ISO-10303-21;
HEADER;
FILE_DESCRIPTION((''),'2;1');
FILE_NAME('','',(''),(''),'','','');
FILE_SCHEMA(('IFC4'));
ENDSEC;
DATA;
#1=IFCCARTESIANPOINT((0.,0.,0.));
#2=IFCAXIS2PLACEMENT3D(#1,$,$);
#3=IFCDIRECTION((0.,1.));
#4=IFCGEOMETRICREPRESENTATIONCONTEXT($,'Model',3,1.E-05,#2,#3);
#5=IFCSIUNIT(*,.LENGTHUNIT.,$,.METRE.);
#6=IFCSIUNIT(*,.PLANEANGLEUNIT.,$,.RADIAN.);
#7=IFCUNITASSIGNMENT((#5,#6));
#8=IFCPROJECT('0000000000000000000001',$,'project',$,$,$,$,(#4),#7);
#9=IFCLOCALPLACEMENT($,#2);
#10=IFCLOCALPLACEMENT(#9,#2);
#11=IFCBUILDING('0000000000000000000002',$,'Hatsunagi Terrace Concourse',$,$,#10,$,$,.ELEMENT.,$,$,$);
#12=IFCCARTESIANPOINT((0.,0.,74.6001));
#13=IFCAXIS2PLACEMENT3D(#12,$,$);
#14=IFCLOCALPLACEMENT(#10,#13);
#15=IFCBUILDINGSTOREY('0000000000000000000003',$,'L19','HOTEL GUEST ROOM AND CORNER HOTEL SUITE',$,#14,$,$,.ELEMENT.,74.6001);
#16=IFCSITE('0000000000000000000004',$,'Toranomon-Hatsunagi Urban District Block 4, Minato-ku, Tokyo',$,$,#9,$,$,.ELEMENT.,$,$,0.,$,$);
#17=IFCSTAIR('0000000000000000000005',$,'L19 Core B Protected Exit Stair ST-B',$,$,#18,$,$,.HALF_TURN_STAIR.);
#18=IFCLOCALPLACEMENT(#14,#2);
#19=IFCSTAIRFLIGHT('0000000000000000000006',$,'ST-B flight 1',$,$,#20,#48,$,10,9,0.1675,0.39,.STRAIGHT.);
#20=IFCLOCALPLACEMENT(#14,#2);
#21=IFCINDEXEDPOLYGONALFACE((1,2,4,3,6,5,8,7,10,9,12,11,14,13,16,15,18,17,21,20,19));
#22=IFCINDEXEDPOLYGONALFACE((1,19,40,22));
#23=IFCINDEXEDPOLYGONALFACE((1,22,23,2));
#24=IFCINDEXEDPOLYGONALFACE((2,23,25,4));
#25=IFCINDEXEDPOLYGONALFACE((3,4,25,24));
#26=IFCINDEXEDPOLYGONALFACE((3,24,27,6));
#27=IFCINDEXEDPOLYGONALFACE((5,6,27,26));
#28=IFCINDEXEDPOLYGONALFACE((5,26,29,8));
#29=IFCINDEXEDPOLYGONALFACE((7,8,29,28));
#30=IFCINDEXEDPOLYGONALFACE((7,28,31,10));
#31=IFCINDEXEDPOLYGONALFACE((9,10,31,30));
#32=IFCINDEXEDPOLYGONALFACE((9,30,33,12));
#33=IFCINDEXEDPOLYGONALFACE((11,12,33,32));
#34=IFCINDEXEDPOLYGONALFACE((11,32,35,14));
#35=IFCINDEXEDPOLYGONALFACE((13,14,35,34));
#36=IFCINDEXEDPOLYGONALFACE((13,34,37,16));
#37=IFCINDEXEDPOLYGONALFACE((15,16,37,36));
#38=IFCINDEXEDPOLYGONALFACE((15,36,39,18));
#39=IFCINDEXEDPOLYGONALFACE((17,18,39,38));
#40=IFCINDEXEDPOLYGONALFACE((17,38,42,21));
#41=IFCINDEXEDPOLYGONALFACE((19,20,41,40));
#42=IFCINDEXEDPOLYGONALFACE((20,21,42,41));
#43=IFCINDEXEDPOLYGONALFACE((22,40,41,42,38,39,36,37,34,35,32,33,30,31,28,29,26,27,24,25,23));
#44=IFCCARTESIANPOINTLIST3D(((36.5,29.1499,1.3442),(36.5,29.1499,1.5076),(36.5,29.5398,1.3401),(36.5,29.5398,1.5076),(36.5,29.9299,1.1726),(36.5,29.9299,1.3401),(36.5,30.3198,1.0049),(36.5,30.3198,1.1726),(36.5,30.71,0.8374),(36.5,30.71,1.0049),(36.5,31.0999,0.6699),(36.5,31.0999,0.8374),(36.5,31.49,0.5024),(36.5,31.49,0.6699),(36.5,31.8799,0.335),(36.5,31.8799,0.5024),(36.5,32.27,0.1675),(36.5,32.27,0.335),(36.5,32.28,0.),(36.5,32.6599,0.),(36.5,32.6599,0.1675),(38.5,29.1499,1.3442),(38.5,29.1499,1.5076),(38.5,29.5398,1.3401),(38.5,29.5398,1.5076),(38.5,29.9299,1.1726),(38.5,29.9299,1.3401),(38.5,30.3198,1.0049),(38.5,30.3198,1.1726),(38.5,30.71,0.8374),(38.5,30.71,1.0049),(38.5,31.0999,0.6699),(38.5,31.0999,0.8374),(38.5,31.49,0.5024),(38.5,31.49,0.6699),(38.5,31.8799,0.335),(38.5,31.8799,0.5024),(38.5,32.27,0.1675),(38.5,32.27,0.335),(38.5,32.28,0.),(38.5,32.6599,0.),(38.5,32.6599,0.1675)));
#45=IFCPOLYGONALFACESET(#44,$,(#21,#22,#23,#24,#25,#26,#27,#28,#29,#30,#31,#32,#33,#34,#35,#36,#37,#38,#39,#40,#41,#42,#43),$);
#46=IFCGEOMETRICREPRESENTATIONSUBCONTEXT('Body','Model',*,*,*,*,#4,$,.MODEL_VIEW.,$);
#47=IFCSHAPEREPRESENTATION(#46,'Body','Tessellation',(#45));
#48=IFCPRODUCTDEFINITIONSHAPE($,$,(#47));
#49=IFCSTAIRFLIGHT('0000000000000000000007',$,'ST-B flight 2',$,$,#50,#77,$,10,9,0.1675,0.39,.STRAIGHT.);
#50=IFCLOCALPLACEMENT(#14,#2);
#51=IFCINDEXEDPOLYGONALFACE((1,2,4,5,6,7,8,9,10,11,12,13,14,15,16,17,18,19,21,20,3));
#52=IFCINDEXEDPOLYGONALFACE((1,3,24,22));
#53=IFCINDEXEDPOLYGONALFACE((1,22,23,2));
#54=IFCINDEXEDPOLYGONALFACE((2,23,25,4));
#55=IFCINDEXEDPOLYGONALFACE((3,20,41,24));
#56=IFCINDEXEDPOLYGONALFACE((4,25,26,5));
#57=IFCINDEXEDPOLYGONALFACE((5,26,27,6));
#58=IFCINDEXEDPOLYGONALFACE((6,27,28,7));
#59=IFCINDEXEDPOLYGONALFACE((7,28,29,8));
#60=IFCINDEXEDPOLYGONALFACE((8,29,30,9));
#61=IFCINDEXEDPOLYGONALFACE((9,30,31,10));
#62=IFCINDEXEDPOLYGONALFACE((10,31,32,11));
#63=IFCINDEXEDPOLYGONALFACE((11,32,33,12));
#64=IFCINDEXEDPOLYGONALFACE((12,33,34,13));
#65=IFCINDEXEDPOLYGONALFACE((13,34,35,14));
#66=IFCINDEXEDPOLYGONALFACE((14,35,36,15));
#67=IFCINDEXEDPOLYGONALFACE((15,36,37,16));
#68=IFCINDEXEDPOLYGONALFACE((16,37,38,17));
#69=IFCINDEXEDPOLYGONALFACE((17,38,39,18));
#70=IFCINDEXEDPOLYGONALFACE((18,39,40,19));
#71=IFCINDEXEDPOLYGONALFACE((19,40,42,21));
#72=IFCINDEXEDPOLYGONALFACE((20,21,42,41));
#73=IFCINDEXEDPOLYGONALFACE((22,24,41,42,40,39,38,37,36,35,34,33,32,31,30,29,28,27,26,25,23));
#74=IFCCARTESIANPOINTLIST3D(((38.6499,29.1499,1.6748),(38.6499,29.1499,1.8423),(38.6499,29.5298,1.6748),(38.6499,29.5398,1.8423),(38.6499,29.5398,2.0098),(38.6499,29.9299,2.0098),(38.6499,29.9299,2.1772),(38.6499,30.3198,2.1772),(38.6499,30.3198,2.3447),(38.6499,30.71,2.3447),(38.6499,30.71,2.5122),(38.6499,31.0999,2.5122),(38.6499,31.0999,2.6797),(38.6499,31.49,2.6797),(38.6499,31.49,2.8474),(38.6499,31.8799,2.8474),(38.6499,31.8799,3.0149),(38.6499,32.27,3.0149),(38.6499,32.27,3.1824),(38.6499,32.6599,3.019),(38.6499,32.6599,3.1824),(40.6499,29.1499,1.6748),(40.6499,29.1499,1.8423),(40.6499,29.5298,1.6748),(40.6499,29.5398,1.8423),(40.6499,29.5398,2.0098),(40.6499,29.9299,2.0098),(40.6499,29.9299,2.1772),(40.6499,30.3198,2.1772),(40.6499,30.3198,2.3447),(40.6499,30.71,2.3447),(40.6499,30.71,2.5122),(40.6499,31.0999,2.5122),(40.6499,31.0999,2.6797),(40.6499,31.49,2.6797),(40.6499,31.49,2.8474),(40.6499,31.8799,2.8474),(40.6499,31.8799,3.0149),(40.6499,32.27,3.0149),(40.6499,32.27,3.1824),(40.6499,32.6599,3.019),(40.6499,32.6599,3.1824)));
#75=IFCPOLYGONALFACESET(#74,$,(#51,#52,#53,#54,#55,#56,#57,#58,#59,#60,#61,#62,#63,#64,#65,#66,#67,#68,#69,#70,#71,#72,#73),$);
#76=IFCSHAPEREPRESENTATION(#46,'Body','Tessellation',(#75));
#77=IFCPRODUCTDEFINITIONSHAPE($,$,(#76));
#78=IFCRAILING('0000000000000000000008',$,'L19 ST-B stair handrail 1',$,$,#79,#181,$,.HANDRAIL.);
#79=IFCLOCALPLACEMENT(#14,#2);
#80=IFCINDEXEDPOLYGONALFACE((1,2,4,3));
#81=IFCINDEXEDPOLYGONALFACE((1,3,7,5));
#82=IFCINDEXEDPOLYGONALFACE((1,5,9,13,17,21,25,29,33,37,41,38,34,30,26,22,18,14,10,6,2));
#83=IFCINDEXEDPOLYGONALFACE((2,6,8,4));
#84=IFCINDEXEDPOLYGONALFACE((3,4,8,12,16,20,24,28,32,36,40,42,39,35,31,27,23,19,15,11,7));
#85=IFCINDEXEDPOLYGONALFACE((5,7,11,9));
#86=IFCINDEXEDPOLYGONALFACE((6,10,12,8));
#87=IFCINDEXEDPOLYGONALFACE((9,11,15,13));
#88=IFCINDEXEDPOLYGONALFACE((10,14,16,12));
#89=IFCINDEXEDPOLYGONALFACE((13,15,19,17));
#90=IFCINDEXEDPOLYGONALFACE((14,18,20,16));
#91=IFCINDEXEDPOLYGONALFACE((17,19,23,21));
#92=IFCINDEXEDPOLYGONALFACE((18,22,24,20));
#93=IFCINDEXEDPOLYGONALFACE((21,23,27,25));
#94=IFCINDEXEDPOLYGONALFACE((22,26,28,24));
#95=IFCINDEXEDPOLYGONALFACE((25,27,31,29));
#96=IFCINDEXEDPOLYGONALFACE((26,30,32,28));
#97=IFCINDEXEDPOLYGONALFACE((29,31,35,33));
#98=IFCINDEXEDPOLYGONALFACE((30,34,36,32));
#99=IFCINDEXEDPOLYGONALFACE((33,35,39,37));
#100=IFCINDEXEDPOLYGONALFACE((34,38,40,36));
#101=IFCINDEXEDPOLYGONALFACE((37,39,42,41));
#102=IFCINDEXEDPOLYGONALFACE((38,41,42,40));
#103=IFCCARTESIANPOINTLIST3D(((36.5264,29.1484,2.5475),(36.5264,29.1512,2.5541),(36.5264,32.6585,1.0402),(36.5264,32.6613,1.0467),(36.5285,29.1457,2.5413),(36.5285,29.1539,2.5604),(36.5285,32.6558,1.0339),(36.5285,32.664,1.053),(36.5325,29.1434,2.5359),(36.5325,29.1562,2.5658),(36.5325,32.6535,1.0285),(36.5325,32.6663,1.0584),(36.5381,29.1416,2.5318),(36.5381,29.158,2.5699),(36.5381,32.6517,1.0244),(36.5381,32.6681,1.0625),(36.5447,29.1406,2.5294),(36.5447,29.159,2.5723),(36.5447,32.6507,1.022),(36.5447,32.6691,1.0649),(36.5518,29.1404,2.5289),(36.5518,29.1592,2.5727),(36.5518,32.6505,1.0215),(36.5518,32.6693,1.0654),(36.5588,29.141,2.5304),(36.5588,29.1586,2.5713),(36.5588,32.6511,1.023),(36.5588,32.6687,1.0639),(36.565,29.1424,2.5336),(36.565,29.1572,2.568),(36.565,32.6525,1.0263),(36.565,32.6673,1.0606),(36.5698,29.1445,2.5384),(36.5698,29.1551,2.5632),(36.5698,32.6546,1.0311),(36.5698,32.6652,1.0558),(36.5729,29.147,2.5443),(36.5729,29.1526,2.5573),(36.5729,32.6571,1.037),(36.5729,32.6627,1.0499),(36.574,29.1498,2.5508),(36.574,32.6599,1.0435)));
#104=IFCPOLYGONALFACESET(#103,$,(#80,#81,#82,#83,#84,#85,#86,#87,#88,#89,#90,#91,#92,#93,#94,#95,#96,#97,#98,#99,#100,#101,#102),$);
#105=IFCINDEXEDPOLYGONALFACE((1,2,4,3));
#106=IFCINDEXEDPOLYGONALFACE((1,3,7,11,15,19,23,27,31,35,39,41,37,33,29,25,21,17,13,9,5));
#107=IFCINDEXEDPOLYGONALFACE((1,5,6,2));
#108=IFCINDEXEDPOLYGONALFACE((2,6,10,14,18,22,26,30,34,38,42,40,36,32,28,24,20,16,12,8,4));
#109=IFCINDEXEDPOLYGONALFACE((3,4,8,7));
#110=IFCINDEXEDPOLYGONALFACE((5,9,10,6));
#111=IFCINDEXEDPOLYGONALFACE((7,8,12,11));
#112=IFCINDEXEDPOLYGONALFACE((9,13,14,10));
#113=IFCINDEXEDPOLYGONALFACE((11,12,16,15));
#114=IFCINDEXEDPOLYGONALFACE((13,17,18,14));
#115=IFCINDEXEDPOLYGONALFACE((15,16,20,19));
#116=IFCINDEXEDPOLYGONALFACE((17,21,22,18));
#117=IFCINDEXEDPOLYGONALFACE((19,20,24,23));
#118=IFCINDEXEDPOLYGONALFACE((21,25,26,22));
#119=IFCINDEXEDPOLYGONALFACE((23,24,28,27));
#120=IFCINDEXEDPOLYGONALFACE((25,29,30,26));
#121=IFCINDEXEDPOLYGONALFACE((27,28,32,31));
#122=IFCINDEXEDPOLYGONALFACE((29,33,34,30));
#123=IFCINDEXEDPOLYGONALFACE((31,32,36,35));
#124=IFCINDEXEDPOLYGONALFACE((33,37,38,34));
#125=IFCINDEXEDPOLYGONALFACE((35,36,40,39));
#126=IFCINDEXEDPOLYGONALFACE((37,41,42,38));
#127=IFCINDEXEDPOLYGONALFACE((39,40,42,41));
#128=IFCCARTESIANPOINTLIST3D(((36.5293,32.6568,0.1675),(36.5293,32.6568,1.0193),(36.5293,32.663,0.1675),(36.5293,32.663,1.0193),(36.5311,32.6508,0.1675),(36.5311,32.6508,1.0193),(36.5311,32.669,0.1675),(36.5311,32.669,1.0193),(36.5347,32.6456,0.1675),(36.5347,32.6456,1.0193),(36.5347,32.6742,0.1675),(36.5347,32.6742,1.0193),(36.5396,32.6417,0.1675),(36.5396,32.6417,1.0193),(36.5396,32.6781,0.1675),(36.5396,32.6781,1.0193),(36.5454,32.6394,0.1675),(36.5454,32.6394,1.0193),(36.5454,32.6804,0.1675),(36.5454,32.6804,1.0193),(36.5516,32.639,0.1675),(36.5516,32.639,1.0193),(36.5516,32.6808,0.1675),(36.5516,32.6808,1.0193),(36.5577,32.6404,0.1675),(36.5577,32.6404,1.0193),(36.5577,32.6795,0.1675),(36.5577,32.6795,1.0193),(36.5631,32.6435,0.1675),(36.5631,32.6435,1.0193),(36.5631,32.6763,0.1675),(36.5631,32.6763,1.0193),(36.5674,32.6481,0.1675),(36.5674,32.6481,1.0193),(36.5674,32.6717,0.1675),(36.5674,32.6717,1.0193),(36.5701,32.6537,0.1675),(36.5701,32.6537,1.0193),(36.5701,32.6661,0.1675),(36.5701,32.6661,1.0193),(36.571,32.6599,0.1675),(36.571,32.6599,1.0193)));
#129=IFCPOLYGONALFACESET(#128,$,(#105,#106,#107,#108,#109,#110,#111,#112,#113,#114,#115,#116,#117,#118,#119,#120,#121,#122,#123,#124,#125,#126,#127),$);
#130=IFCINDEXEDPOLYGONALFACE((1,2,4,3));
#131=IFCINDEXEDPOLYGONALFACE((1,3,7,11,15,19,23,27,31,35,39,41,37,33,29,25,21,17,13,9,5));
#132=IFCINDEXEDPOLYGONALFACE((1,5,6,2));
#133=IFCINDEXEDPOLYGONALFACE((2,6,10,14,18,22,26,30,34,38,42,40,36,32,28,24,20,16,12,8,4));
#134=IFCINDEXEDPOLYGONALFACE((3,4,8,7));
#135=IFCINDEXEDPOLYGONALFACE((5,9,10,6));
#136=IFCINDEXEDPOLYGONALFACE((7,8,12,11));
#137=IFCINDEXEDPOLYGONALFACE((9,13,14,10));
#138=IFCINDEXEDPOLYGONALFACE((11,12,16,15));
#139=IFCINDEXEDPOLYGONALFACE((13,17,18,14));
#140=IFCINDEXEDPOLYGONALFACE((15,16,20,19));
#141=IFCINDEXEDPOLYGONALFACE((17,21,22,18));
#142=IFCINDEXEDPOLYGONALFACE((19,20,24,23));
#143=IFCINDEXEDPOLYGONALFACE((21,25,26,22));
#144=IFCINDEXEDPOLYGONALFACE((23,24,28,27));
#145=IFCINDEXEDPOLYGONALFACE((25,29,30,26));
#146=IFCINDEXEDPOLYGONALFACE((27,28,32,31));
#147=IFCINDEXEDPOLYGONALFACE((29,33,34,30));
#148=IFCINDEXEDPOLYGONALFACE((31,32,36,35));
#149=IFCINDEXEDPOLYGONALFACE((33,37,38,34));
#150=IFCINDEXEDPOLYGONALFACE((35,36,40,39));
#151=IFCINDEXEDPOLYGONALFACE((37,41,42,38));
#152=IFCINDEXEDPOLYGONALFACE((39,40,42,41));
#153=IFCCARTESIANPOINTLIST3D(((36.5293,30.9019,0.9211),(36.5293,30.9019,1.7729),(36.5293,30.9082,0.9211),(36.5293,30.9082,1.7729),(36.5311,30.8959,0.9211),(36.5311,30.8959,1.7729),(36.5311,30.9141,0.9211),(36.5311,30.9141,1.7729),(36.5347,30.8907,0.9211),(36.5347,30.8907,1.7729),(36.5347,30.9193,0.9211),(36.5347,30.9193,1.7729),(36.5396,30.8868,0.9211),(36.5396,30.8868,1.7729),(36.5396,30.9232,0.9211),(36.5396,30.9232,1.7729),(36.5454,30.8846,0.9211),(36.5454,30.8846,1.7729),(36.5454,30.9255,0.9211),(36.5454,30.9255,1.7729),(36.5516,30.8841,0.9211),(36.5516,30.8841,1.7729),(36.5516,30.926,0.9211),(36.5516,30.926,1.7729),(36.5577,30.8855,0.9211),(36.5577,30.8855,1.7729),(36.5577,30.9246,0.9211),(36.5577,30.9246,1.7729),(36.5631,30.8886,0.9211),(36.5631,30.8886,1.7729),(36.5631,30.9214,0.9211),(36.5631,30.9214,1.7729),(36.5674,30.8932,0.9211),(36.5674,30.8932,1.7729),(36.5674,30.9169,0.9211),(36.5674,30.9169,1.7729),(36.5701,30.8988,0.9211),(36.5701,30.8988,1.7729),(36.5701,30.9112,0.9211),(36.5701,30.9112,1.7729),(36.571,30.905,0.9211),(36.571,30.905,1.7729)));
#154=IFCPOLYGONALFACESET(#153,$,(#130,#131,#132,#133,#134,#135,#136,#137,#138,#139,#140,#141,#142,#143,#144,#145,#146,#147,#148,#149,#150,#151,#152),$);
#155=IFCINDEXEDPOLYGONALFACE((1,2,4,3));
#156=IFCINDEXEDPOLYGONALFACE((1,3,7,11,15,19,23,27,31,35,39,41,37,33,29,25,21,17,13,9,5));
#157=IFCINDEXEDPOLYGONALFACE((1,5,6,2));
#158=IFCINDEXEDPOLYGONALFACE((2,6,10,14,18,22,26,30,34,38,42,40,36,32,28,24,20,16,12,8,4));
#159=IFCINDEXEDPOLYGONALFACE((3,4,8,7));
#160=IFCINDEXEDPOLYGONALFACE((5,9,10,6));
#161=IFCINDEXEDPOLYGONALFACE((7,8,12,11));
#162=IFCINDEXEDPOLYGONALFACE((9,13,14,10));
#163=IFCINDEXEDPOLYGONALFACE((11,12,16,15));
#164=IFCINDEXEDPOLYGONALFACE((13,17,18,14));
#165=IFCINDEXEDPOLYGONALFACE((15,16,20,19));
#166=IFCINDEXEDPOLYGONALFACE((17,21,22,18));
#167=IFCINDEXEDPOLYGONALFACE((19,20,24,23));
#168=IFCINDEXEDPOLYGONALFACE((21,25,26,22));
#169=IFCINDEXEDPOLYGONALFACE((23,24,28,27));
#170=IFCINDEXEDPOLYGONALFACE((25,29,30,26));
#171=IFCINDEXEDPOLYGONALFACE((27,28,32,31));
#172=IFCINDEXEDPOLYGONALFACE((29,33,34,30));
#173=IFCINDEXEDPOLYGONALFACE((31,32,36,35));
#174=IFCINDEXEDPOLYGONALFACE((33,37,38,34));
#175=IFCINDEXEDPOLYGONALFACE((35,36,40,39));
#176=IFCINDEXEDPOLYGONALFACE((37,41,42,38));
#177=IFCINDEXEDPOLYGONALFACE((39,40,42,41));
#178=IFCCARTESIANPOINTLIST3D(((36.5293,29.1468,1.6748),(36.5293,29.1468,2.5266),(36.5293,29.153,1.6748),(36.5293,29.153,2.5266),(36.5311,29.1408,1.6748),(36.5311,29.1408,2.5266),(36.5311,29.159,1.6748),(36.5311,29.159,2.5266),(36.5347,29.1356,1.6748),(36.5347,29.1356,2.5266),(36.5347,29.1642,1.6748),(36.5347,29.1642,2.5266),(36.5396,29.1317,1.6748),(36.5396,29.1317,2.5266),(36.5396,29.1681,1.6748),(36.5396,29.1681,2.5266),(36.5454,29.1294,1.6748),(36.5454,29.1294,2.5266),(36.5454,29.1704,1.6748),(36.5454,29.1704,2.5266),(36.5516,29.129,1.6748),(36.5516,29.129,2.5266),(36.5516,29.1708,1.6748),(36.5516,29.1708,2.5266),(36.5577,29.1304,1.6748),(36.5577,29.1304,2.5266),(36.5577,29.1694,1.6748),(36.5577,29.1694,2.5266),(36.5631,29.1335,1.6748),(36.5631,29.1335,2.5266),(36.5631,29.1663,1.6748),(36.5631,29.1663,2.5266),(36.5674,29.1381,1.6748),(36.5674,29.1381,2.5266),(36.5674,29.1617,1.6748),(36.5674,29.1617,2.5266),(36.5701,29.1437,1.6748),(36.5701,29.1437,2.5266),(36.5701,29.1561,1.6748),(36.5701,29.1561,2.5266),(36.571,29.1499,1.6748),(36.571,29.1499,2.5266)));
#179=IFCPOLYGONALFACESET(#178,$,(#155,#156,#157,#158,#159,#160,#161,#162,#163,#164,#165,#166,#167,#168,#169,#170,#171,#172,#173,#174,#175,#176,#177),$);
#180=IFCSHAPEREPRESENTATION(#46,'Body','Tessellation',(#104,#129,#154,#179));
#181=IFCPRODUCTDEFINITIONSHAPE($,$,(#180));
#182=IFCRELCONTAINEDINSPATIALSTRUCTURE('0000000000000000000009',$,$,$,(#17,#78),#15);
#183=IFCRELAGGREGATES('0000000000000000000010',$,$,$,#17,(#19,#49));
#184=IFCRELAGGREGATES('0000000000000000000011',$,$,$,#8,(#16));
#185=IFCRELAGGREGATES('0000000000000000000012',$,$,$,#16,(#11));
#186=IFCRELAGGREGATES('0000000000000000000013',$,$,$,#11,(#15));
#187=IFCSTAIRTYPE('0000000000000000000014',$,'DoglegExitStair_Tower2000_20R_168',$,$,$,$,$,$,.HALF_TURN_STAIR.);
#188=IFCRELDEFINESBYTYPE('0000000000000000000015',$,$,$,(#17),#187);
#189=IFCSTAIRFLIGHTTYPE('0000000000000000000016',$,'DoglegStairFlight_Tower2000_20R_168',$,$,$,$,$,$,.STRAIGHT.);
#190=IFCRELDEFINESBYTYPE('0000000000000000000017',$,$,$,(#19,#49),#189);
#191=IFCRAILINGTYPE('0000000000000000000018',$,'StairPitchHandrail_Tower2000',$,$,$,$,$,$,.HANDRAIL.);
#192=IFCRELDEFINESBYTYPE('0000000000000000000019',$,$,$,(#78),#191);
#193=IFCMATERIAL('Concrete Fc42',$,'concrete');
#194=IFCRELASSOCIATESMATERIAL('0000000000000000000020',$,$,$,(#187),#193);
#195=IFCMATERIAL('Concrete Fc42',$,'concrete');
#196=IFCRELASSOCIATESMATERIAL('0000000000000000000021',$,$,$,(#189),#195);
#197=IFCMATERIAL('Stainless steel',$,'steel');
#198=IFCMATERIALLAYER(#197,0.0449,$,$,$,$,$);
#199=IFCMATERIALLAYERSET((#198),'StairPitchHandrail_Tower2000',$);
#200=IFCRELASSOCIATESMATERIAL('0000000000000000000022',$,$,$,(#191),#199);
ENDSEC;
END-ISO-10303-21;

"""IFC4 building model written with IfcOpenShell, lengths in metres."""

from ifc_helpers import new_model, si_unit, direction, frame, origin, origin_2d, place, context, subcontext, project, spatial, polyline, circle, outline, extrude, material, layer, layer_set, type_object, element, aggregate, save


model = new_model("IFC4")

# Units and contexts
model_context = context("Model", 3, precision=1e-05, world=origin(), true_north=direction((0.0, 1.0)))
body_context = subcontext(model_context, "Body", "Model", "MODEL_VIEW")
ifc_project = project(units=[si_unit("LENGTHUNIT", "METRE"), si_unit("PLANEANGLEUNIT", "RADIAN")], contexts=[model_context])

# Site, building, storey
site_placement = place(None, origin())
site = spatial("IfcSite", under=ifc_project, at=site_placement, Name="Toranomon-Hatsunagi Urban District Block 4, Minato-ku, Tokyo", CompositionType="ELEMENT", RefElevation=0.0)
building_placement = place(site_placement, origin())
building = spatial("IfcBuilding", under=site, at=building_placement, Name="Hatsunagi Terrace Concourse", CompositionType="ELEMENT")
storey_placement = place(building_placement, frame((0.0, 0.0, 74.6001)))
storey = spatial("IfcBuildingStorey", under=building, at=storey_placement, Name="L19", Description="HOTEL GUEST ROOM AND CORNER HOTEL SUITE", CompositionType="ELEMENT", Elevation=74.6001)

# Stair, stair flights
ifc_material_1 = material(Name="Concrete Fc42", Category="concrete")
stair_type = type_object("IfcStairType", Name="DoglegExitStair_Tower2000_20R_168", PredefinedType="HALF_TURN_STAIR", material=ifc_material_1)
stair_placement = place(storey_placement, origin())
stair = element("IfcStair", 1, at=stair_placement, inside=storey, type_object=stair_type, Name="L19 Core B Protected Exit Stair ST-B", PredefinedType="HALF_TURN_STAIR")
ifc_material_2 = material(Name="Concrete Fc42", Category="concrete")
stair_flight_type = type_object("IfcStairFlightType", Name="DoglegStairFlight_Tower2000_20R_168", PredefinedType="STRAIGHT", material=ifc_material_2)
stair_flight_1_placement = place(storey_placement, frame((37.5, 32.6599, 0.0), z_axis=(0.0, 0.0, 1.0), x_axis=(0.0, -1.0, 0.0)))
stair_flight_1 = element("IfcStairFlight", 2, at=stair_flight_1_placement, type_object=stair_flight_type, Name="ST-B flight 1", NumberOfRisers=10, NumberOfTreads=9, PredefinedType="STRAIGHT", RiserHeight=0.1675, TreadLength=0.39, context=body_context, shape_type="SweptSolid", body=[
    extrude(outline(polyline([(0.0, 0.0), (0.0, 0.1675), (0.3899, 0.1675), (0.3899, 0.335), (0.78, 0.335), (0.78, 0.5024), (1.1699, 0.5024), (1.1699, 0.6699), (1.5601, 0.6699), (1.5601, 0.8374), (1.95, 0.8374), (1.95, 1.0049), (2.3401, 1.0049), (2.3401, 1.1726), (2.73, 1.1726), (2.73, 1.3401), (3.1201, 1.3401), (3.1201, 1.5076), (3.51, 1.5076), (3.51, 1.675), (3.51, 1.3442), (0.3799, 0.0), (0.0, 0.0)])), frame((0.0, 1.0, 0.0), z_axis=(0.0, -1.0, 0.0), x_axis=(1.0, 0.0, 0.0)), (0.0, 0.0, 1.0), 2.0),
])
stair_flight_2_placement = place(storey_placement, frame((39.6499, 29.1499, 1.6748), z_axis=(0.0, 0.0, 1.0), x_axis=(0.0, 1.0, 0.0)))
stair_flight_2 = element("IfcStairFlight", 3, at=stair_flight_2_placement, type_object=stair_flight_type, Name="ST-B flight 2", NumberOfRisers=10, NumberOfTreads=9, PredefinedType="STRAIGHT", RiserHeight=0.1675, TreadLength=0.39, context=body_context, shape_type="SweptSolid", body=[
    extrude(outline(polyline([(0.0, 0.0), (0.0, 0.1675), (0.3899, 0.1675), (0.3899, 0.335), (0.78, 0.335), (0.78, 0.5024), (1.1699, 0.5024), (1.1699, 0.6699), (1.5601, 0.6699), (1.5601, 0.8374), (1.95, 0.8374), (1.95, 1.0049), (2.3401, 1.0049), (2.3401, 1.1726), (2.73, 1.1726), (2.73, 1.3401), (3.1201, 1.3401), (3.1201, 1.5076), (3.51, 1.5076), (3.51, 1.675), (3.51, 1.3442), (0.3799, 0.0), (0.0, 0.0)])), frame((0.0, 1.0, 0.0), z_axis=(0.0, -1.0, 0.0), x_axis=(1.0, 0.0, 0.0)), (0.0, 0.0, 1.0), 2.0),
])
aggregate(stair, [stair_flight_1, stair_flight_2])

# Railing
ifc_material_3 = material(Name="Stainless steel", Category="steel")
ifc_layer_1 = layer(ifc_material_3, 0.0449)
ifc_layer_set_1 = layer_set([ifc_layer_1], Name="StairPitchHandrail_Tower2000")
railing_type_1 = type_object("IfcRailingType", Name="StairPitchHandrail_Tower2000", PredefinedType="HANDRAIL", material=ifc_layer_set_1)
railing_1_placement = place(storey_placement, frame((36.55, 32.6599, 0.1675)))
element("IfcRailing", 4, at=railing_1_placement, inside=storey, type_object=railing_type_1, Name="L19 ST-B stair handrail 1", PredefinedType="HANDRAIL", context=body_context, shape_type="SweptSolid", body=[
    extrude(circle(Radius=0.0239, at=origin_2d()), frame((0.0, 0.0, 0.876), z_axis=(0.0, -0.918857, 0.39459), x_axis=(1.0, 0.0, 0.0)), (0.0, 0.0, 1.0), 3.8201),
    extrude(circle(Radius=0.021, at=origin_2d()), origin(), (0.0, 0.0, 1.0), 0.8518),
    extrude(circle(Radius=0.021, at=origin_2d()), frame((0.0, -1.7549, 0.7537)), (0.0, 0.0, 1.0), 0.8518),
    extrude(circle(Radius=0.021, at=origin_2d()), frame((0.0, -3.51, 1.5073)), (0.0, 0.0, 1.0), 0.8518),
])

save(model, "model.ifc")
